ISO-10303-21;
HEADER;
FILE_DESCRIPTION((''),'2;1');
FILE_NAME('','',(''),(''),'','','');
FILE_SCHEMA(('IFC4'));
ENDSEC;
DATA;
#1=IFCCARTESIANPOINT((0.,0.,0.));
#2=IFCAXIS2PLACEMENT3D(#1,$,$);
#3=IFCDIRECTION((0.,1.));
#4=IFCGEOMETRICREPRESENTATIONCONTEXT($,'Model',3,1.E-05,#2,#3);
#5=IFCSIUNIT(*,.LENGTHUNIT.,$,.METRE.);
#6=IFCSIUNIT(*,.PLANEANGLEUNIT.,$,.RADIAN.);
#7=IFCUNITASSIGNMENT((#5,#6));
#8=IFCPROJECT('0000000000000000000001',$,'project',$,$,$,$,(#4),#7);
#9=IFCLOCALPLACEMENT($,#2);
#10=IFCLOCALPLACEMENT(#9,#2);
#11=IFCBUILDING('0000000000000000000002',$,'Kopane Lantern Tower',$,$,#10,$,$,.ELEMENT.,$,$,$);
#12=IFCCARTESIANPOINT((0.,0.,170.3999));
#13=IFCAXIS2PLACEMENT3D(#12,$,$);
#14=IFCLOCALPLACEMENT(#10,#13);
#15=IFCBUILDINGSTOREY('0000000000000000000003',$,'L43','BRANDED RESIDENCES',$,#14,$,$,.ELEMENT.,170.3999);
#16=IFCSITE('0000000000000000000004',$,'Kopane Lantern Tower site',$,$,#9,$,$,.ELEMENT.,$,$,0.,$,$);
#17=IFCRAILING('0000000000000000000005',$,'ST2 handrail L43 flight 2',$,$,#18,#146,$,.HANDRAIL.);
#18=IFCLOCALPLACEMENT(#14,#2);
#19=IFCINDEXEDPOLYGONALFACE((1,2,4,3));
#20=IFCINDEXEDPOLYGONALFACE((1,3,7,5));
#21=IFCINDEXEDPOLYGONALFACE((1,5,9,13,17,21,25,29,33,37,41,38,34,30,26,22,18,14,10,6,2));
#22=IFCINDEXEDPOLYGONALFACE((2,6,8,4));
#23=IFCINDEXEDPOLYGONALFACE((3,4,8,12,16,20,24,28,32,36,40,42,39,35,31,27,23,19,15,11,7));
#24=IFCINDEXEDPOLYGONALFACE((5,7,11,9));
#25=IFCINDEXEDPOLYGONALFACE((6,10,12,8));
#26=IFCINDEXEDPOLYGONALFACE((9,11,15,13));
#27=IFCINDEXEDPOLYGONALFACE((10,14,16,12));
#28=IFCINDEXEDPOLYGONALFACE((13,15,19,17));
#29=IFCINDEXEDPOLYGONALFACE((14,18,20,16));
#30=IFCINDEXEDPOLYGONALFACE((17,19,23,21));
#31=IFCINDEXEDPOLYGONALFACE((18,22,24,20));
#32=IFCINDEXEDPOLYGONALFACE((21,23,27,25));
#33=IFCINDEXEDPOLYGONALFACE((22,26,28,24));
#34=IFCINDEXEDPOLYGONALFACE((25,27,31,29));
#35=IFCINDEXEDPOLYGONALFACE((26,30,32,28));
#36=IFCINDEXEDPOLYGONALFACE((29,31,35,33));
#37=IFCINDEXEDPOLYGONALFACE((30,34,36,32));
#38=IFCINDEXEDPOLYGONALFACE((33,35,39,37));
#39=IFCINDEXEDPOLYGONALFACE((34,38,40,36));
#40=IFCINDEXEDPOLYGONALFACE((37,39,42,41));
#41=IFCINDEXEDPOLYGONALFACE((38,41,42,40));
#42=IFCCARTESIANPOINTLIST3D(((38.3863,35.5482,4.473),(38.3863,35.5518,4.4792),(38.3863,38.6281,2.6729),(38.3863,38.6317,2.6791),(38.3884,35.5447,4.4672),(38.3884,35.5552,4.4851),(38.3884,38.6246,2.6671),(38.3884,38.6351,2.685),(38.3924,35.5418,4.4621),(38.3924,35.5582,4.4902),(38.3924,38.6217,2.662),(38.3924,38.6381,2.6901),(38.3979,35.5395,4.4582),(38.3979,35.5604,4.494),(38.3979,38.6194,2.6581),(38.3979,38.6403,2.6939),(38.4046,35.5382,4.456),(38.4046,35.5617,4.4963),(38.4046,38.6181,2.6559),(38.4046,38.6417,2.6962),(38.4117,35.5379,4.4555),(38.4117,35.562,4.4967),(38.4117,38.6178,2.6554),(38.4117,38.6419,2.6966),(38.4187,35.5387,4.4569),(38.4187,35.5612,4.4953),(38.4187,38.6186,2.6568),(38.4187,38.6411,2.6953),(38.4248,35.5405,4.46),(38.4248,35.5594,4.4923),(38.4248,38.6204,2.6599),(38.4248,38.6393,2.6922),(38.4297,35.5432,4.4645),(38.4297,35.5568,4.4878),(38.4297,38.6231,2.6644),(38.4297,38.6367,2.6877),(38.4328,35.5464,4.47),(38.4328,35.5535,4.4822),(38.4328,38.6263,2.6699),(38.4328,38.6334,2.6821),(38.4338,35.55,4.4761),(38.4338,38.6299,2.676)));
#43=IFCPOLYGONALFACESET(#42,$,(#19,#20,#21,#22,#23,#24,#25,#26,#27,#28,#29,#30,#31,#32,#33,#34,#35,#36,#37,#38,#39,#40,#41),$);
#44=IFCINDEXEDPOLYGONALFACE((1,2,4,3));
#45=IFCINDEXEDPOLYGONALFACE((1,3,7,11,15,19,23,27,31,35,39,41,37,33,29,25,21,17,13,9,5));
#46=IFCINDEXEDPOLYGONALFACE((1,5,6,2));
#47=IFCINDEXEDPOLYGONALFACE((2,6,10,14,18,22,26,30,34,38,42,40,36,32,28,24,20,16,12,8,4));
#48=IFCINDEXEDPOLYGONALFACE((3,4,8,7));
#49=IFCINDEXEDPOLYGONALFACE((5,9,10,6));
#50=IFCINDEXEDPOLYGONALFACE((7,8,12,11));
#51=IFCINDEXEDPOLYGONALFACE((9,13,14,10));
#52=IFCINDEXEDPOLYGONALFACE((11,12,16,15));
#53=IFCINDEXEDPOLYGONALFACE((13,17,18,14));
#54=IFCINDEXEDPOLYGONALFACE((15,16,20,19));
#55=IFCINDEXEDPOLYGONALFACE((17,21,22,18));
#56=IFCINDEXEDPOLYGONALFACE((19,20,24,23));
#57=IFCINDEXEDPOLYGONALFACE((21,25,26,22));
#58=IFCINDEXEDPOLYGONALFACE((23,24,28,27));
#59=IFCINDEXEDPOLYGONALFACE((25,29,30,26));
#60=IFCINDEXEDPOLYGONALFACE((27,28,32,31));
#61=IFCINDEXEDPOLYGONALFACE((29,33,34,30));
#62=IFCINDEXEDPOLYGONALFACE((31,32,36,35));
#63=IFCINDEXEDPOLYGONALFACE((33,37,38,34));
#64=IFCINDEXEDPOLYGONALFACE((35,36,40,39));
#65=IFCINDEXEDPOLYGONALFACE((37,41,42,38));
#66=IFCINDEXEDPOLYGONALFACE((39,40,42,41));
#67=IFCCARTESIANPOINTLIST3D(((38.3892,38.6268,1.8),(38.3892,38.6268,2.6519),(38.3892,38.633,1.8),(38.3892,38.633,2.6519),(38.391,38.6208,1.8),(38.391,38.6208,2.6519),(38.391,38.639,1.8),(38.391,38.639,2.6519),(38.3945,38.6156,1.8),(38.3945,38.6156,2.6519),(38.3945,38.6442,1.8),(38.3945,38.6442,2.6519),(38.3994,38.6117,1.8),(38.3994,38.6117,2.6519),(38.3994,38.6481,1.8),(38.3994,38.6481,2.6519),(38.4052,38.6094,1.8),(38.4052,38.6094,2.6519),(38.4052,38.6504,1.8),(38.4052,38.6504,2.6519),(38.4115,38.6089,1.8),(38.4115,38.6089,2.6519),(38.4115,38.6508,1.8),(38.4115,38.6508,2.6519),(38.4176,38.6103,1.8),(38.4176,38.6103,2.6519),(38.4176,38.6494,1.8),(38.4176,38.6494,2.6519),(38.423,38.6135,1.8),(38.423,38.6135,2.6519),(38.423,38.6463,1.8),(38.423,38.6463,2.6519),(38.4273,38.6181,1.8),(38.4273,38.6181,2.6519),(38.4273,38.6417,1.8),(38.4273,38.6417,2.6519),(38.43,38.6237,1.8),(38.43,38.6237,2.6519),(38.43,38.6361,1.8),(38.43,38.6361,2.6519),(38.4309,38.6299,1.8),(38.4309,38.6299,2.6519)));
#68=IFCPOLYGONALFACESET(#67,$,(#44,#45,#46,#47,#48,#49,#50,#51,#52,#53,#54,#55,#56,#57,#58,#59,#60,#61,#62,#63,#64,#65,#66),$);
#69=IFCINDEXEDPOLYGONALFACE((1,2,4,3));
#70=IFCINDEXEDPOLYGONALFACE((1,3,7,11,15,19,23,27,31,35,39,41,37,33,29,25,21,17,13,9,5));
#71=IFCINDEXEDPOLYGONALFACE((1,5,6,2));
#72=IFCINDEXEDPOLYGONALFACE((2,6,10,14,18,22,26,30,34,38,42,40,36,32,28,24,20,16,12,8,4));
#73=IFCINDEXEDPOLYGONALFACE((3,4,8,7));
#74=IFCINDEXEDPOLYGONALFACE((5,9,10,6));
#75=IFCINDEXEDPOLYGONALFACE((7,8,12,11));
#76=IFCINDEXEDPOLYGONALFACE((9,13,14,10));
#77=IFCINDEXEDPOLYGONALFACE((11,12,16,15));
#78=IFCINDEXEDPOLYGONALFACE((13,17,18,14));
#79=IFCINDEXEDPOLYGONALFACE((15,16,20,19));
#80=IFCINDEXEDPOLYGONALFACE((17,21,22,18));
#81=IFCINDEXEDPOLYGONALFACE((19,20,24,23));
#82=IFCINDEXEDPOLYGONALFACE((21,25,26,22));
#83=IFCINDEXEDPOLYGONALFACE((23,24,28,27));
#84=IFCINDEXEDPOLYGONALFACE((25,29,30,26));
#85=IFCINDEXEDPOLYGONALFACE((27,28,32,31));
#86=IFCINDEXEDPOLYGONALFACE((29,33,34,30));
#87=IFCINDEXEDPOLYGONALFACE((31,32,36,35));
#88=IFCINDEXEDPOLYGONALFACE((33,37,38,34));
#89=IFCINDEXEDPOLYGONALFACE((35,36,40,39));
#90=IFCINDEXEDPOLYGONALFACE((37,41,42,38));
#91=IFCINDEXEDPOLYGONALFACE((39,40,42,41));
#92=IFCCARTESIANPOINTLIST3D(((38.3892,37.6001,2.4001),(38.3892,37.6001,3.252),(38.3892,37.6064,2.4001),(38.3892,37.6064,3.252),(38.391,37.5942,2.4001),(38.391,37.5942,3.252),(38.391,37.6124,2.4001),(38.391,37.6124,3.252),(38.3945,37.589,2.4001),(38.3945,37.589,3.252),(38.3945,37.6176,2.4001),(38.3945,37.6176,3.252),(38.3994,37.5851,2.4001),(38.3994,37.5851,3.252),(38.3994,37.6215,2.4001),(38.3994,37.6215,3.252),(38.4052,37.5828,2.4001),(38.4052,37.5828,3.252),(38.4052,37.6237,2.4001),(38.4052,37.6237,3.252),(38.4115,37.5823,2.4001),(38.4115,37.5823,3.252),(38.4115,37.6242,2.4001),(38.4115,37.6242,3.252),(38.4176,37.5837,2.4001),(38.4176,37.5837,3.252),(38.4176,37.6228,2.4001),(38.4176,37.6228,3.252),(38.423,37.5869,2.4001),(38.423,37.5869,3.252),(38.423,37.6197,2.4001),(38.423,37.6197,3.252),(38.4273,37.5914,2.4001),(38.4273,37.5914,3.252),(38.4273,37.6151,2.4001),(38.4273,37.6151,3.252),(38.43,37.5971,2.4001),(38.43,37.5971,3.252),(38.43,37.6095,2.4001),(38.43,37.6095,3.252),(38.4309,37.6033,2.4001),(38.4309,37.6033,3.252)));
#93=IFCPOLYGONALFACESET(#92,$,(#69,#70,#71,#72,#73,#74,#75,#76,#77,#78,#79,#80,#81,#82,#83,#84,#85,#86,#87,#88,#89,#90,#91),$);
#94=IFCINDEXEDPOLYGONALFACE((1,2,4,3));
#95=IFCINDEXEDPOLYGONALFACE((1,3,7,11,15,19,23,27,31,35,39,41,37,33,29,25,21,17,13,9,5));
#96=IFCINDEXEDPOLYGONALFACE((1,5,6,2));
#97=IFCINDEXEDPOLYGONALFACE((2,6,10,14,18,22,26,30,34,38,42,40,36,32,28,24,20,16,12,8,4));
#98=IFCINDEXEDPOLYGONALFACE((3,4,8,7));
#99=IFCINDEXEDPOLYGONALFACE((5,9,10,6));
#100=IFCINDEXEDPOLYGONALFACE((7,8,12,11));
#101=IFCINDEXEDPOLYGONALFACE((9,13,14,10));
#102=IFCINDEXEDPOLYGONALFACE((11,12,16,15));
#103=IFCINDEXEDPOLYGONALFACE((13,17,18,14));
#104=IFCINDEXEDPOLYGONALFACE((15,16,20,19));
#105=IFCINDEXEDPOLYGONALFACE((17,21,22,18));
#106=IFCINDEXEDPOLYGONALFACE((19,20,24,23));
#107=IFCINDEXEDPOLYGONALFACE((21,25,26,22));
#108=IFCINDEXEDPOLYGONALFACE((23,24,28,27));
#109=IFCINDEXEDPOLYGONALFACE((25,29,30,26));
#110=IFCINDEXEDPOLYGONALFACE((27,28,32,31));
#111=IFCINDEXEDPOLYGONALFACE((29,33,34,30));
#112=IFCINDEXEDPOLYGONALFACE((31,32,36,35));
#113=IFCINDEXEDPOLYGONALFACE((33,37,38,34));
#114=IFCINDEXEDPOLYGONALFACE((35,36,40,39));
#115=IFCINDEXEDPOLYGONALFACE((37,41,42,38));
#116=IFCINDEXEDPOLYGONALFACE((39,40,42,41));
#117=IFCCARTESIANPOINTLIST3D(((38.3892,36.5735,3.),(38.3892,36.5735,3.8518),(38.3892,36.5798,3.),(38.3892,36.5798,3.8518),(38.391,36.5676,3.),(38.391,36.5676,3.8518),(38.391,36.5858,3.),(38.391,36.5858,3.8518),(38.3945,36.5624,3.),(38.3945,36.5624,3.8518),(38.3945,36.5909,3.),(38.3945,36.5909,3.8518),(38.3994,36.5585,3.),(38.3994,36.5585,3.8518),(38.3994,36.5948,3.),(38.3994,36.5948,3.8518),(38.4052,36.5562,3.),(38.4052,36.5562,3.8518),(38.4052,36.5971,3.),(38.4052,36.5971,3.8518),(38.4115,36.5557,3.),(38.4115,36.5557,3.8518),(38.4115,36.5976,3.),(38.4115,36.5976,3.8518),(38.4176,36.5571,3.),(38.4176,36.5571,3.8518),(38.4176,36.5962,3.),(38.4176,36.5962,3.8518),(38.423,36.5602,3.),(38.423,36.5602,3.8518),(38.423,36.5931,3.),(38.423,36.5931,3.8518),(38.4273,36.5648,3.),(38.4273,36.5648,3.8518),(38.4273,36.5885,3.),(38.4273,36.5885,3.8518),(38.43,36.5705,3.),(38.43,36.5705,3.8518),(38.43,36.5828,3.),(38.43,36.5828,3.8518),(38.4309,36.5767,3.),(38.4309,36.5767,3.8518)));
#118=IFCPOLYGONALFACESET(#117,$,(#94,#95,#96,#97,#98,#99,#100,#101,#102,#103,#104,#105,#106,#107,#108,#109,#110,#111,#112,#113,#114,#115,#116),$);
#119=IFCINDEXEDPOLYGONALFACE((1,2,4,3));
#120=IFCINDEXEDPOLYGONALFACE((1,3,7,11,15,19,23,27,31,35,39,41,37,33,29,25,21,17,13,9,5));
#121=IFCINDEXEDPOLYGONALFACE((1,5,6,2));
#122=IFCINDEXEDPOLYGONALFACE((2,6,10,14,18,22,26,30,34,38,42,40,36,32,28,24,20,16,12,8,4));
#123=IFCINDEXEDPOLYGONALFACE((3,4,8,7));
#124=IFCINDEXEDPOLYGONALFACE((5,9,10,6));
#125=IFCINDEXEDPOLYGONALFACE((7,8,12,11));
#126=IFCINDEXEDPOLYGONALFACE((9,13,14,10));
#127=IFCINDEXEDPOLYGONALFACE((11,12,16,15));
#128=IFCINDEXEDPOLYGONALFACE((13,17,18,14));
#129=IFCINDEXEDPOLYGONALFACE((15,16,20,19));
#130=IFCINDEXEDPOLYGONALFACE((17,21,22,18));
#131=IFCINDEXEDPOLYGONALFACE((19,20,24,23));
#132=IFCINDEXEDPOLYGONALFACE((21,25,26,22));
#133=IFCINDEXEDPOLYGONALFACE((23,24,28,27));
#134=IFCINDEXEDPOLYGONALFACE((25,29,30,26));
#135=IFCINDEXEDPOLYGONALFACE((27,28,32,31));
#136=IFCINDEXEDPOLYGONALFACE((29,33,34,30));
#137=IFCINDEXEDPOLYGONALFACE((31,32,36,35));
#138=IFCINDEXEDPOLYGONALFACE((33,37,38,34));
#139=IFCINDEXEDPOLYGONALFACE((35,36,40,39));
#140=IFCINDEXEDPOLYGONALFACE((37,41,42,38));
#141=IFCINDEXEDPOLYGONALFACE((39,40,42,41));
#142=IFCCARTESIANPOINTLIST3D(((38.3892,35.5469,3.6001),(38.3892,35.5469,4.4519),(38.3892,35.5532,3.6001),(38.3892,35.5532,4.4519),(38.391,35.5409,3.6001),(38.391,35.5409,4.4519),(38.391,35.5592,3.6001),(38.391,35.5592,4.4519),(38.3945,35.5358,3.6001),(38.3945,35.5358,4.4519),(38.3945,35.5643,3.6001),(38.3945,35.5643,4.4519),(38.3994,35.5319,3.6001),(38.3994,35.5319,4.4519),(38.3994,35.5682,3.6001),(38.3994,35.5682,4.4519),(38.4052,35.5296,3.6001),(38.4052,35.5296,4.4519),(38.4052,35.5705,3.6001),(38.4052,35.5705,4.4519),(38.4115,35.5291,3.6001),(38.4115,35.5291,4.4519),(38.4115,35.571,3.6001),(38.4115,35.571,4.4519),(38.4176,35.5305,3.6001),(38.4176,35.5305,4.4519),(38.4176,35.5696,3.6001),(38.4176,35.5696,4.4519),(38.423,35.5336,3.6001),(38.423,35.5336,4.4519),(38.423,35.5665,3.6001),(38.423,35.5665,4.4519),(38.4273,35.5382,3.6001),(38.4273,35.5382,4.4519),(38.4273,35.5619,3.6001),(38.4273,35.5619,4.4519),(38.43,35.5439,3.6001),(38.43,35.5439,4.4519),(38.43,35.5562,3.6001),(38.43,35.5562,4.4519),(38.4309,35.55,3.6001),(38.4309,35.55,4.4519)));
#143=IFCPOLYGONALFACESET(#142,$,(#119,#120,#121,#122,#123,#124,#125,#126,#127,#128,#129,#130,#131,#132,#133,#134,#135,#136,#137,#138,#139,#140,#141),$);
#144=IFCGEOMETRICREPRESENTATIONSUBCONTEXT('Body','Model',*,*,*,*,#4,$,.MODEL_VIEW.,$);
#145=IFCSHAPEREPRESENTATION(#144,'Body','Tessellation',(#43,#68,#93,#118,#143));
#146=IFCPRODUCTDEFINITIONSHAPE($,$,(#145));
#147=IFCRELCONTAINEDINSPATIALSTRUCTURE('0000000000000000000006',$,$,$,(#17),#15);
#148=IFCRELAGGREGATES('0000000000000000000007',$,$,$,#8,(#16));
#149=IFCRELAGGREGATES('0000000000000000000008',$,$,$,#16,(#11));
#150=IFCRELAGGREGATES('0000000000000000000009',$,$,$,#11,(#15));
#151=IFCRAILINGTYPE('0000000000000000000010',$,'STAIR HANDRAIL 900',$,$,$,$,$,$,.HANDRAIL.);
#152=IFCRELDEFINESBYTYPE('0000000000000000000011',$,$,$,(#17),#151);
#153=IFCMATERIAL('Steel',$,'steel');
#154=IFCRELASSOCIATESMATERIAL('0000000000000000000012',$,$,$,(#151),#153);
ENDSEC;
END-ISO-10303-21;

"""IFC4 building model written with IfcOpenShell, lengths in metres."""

from ifc_helpers import new_model, si_unit, direction, frame, origin, origin_2d, place, context, subcontext, project, spatial, circle, extrude, material, type_object, element, save


model = new_model("IFC4")

# Units and contexts
model_context = context("Model", 3, precision=1e-05, world=origin(), true_north=direction((0.0, 1.0)))
body_context = subcontext(model_context, "Body", "Model", "MODEL_VIEW")
ifc_project = project(units=[si_unit("LENGTHUNIT", "METRE"), si_unit("PLANEANGLEUNIT", "RADIAN")], contexts=[model_context])

# Site, building, storey
site_placement = place(None, origin())
site = spatial("IfcSite", under=ifc_project, at=site_placement, Name="Kopane Lantern Tower site", CompositionType="ELEMENT", RefElevation=0.0)
building_placement = place(site_placement, origin())
building = spatial("IfcBuilding", under=site, at=building_placement, Name="Kopane Lantern Tower", CompositionType="ELEMENT")
storey_placement = place(building_placement, frame((0.0, 0.0, 170.3999)))
storey = spatial("IfcBuildingStorey", under=building, at=storey_placement, Name="L43", Description="BRANDED RESIDENCES", CompositionType="ELEMENT", Elevation=170.3999)

# Railing
ifc_material_1 = material(Name="Steel", Category="steel")
railing_type_1 = type_object("IfcRailingType", Name="STAIR HANDRAIL 900", PredefinedType="HANDRAIL", material=ifc_material_1)
for number, where, name in (
    (1, (38.4099, 38.6299, 1.8), "ST2 handrail L43 flight 2"),
):
    element("IfcRailing", number, at=place(storey_placement, frame(where)), inside=storey, type_object=railing_type_1, Name=name, PredefinedType="HANDRAIL", context=body_context, shape_type="SweptSolid", body=[
        extrude(circle(Radius=0.0239, at=origin_2d()), frame((0.0, 0.0, 0.876), z_axis=(0.0, -0.863354, 0.504598), x_axis=(1.0, 0.0, 0.0)), (0.0, 0.0, 1.0), 3.5674),
        extrude(circle(Radius=0.021, at=origin_2d()), origin(), (0.0, 0.0, 1.0), 0.8518),
        extrude(circle(Radius=0.021, at=origin_2d()), frame((0.0, -1.0266, 0.6001)), (0.0, 0.0, 1.0), 0.8518),
        extrude(circle(Radius=0.021, at=origin_2d()), frame((0.0, -2.0532, 1.2)), (0.0, 0.0, 1.0), 0.8518),
        extrude(circle(Radius=0.021, at=origin_2d()), frame((0.0, -3.0798, 1.8)), (0.0, 0.0, 1.0), 0.8518),
    ])

save(model, "model.ifc")
